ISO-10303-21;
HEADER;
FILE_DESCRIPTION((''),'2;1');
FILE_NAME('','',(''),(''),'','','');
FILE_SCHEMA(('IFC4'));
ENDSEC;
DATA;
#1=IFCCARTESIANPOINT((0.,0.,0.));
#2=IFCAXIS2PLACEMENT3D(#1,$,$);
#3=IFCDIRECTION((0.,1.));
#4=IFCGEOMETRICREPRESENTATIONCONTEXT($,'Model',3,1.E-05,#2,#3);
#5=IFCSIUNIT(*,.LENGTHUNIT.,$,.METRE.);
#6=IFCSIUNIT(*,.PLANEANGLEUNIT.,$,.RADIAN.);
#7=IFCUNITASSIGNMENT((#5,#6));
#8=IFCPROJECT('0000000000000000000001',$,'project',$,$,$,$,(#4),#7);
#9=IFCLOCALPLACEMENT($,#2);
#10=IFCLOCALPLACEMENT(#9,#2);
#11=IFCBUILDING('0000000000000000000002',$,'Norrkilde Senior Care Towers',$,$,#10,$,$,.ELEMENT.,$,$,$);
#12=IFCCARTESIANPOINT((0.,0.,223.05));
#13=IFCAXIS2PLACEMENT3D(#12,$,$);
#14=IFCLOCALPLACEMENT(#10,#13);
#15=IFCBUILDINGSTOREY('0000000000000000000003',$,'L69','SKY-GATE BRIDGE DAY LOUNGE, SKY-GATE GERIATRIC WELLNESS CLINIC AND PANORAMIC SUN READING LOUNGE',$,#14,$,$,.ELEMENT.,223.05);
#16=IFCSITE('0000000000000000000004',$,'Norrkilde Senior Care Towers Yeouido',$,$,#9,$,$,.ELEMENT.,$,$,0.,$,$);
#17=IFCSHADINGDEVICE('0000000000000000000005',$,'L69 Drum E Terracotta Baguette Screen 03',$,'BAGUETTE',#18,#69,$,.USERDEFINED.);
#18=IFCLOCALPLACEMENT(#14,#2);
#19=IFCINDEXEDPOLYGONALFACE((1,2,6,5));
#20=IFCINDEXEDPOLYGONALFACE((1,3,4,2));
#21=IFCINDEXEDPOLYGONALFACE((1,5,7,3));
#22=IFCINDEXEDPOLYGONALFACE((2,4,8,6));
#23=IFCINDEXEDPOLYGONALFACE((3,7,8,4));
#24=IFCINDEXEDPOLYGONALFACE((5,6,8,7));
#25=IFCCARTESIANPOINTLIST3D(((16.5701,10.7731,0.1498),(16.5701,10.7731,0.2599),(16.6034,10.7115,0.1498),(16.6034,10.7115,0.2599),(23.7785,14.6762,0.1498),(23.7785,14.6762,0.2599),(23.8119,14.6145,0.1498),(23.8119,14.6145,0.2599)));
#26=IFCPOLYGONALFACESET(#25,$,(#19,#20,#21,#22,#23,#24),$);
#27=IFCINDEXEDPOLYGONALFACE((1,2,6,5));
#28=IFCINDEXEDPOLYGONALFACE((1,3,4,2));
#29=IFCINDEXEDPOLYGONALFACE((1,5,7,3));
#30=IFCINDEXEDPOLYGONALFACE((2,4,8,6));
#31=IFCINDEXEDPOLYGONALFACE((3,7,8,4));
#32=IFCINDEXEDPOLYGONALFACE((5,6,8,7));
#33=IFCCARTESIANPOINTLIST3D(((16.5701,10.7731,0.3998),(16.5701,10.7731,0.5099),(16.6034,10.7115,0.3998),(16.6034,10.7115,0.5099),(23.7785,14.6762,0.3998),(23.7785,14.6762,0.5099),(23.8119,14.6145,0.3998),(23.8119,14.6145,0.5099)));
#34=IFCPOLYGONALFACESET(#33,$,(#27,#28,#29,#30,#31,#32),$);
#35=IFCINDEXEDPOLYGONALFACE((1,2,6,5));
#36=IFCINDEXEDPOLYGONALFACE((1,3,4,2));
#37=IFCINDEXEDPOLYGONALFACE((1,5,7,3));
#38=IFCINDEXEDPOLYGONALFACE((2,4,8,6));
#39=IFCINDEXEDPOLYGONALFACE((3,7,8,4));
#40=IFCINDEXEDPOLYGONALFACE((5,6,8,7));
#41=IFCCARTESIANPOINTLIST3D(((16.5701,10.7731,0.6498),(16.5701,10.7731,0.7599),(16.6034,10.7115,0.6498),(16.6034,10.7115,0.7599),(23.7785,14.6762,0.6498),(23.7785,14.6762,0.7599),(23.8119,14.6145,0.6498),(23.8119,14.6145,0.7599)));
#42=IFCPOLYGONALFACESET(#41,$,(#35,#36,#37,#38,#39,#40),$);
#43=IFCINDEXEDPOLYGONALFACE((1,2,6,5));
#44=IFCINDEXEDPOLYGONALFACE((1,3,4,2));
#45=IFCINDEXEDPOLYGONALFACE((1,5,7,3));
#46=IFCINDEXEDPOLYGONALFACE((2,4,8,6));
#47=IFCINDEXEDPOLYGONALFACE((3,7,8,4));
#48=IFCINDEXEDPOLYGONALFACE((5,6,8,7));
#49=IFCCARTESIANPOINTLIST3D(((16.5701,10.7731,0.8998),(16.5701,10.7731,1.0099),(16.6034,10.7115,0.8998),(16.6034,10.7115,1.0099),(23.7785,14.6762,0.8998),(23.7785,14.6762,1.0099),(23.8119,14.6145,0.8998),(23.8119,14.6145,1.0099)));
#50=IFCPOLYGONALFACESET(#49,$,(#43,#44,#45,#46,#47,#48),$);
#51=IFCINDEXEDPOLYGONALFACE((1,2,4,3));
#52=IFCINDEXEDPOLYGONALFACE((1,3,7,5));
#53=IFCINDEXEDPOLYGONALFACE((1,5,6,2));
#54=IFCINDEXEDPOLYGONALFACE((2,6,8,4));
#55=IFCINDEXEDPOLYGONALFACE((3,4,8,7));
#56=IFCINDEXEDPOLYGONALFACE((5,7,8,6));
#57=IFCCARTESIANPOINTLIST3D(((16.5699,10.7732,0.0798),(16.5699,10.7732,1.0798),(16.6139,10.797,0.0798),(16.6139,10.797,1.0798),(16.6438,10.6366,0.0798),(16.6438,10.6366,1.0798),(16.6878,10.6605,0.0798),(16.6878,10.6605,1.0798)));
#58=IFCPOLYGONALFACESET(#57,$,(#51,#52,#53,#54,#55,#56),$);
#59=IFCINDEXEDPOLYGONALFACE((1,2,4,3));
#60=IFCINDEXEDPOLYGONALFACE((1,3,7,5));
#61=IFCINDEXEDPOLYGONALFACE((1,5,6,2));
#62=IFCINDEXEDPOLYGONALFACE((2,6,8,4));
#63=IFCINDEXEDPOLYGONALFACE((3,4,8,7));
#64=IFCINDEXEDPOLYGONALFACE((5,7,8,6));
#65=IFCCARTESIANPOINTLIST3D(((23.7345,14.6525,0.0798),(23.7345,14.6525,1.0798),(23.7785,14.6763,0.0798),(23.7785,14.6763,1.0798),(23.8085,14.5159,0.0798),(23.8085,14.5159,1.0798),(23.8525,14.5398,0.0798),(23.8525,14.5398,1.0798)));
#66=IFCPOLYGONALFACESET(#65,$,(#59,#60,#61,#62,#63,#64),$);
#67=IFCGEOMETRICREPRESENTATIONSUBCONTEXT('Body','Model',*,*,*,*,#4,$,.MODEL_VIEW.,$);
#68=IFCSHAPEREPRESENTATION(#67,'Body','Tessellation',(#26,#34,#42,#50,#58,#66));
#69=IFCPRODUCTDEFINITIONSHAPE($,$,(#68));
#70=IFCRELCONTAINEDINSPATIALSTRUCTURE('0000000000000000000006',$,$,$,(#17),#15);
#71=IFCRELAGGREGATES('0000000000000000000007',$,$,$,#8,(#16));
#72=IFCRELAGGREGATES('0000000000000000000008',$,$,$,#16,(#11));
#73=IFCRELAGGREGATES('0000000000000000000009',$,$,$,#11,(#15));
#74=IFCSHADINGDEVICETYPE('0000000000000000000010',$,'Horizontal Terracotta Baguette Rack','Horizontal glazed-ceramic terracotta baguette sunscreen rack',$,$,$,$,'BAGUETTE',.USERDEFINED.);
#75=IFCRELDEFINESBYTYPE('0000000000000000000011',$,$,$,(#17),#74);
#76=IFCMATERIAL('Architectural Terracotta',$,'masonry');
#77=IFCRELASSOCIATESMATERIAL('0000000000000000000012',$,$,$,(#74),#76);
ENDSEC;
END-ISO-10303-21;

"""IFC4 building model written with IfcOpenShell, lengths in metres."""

from ifc_helpers import new_model, si_unit, direction, frame, origin, origin_2d, place, context, subcontext, project, spatial, rectangle, extrude, source, transform, mapped, material, type_object, type_shapes, element, save


model = new_model("IFC4")

# Units and contexts
model_context = context("Model", 3, precision=1e-05, world=origin(), true_north=direction((0.0, 1.0)))
body_context = subcontext(model_context, "Body", "Model", "MODEL_VIEW")
ifc_project = project(units=[si_unit("LENGTHUNIT", "METRE"), si_unit("PLANEANGLEUNIT", "RADIAN")], contexts=[model_context])

# Site, building, storey
site_placement = place(None, origin())
site = spatial("IfcSite", under=ifc_project, at=site_placement, Name="Norrkilde Senior Care Towers Yeouido", CompositionType="ELEMENT", RefElevation=0.0)
building_placement = place(site_placement, origin())
building = spatial("IfcBuilding", under=site, at=building_placement, Name="Norrkilde Senior Care Towers", CompositionType="ELEMENT")
storey_placement = place(building_placement, frame((0.0, 0.0, 223.05)))
storey = spatial("IfcBuildingStorey", under=building, at=storey_placement, Name="L69", Description="SKY-GATE BRIDGE DAY LOUNGE, SKY-GATE GERIATRIC WELLNESS CLINIC AND PANORAMIC SUN READING LOUNGE", CompositionType="ELEMENT", Elevation=223.05)

# Shading device
ifc_material_1 = material(Name="Architectural Terracotta", Category="masonry")
shading_device_type = type_object("IfcShadingDeviceType", Name="Horizontal Terracotta Baguette Rack", Description="Horizontal glazed-ceramic terracotta baguette sunscreen rack", ElementType="BAGUETTE", PredefinedType="USERDEFINED", material=ifc_material_1)
shared_shape_1 = source(origin(), body_context, "Body", "SweptSolid", [
    extrude(rectangle(XDim=0.0701, YDim=0.1101, at=origin_2d()), frame((0.0, 0.0901, 0.125), z_axis=(1.0, 0.0, 0.0), x_axis=(0.0, 1.0, 0.0)), (0.0, 0.0, 1.0), 8.1973),
    extrude(rectangle(XDim=0.0701, YDim=0.1101, at=origin_2d()), frame((0.0, 0.0901, 0.375), z_axis=(1.0, 0.0, 0.0), x_axis=(0.0, 1.0, 0.0)), (0.0, 0.0, 1.0), 8.1973),
    extrude(rectangle(XDim=0.0701, YDim=0.1101, at=origin_2d()), frame((0.0, 0.0901, 0.625), z_axis=(1.0, 0.0, 0.0), x_axis=(0.0, 1.0, 0.0)), (0.0, 0.0, 1.0), 8.1973),
    extrude(rectangle(XDim=0.0701, YDim=0.1101, at=origin_2d()), frame((0.0, 0.0901, 0.875), z_axis=(1.0, 0.0, 0.0), x_axis=(0.0, 1.0, 0.0)), (0.0, 0.0, 1.0), 8.1973),
    extrude(rectangle(XDim=0.05, YDim=0.1553, at=origin_2d()), frame((0.0249, 0.0476, 0.0)), (0.0, 0.0, 1.0), 1.0),
    extrude(rectangle(XDim=0.05, YDim=0.1553, at=origin_2d()), frame((8.1724, 0.0476, 0.0)), (0.0, 0.0, 1.0), 1.0),
])
type_shapes(shading_device_type, [shared_shape_1])
shading_device_placement = place(storey_placement, frame((16.6296, 10.6631, 0.0798), z_axis=(0.0, 0.0, 1.0), x_axis=(0.879378, 0.476144, 0.0)))
element("IfcShadingDevice", 1, at=shading_device_placement, inside=storey, type_object=shading_device_type, Name="L69 Drum E Terracotta Baguette Screen 03", ObjectType="BAGUETTE", PredefinedType="USERDEFINED", context=body_context, shape_type="MappedRepresentation", body=[
    mapped(shared_shape_1, transform((0.0, 0.0, 0.0), x_axis=(1.0, 0.0, 0.0), y_axis=(0.0, 1.0, 0.0), z_axis=(0.0, 0.0, 1.0), scale=1.0)),
])

save(model, "model.ifc")
